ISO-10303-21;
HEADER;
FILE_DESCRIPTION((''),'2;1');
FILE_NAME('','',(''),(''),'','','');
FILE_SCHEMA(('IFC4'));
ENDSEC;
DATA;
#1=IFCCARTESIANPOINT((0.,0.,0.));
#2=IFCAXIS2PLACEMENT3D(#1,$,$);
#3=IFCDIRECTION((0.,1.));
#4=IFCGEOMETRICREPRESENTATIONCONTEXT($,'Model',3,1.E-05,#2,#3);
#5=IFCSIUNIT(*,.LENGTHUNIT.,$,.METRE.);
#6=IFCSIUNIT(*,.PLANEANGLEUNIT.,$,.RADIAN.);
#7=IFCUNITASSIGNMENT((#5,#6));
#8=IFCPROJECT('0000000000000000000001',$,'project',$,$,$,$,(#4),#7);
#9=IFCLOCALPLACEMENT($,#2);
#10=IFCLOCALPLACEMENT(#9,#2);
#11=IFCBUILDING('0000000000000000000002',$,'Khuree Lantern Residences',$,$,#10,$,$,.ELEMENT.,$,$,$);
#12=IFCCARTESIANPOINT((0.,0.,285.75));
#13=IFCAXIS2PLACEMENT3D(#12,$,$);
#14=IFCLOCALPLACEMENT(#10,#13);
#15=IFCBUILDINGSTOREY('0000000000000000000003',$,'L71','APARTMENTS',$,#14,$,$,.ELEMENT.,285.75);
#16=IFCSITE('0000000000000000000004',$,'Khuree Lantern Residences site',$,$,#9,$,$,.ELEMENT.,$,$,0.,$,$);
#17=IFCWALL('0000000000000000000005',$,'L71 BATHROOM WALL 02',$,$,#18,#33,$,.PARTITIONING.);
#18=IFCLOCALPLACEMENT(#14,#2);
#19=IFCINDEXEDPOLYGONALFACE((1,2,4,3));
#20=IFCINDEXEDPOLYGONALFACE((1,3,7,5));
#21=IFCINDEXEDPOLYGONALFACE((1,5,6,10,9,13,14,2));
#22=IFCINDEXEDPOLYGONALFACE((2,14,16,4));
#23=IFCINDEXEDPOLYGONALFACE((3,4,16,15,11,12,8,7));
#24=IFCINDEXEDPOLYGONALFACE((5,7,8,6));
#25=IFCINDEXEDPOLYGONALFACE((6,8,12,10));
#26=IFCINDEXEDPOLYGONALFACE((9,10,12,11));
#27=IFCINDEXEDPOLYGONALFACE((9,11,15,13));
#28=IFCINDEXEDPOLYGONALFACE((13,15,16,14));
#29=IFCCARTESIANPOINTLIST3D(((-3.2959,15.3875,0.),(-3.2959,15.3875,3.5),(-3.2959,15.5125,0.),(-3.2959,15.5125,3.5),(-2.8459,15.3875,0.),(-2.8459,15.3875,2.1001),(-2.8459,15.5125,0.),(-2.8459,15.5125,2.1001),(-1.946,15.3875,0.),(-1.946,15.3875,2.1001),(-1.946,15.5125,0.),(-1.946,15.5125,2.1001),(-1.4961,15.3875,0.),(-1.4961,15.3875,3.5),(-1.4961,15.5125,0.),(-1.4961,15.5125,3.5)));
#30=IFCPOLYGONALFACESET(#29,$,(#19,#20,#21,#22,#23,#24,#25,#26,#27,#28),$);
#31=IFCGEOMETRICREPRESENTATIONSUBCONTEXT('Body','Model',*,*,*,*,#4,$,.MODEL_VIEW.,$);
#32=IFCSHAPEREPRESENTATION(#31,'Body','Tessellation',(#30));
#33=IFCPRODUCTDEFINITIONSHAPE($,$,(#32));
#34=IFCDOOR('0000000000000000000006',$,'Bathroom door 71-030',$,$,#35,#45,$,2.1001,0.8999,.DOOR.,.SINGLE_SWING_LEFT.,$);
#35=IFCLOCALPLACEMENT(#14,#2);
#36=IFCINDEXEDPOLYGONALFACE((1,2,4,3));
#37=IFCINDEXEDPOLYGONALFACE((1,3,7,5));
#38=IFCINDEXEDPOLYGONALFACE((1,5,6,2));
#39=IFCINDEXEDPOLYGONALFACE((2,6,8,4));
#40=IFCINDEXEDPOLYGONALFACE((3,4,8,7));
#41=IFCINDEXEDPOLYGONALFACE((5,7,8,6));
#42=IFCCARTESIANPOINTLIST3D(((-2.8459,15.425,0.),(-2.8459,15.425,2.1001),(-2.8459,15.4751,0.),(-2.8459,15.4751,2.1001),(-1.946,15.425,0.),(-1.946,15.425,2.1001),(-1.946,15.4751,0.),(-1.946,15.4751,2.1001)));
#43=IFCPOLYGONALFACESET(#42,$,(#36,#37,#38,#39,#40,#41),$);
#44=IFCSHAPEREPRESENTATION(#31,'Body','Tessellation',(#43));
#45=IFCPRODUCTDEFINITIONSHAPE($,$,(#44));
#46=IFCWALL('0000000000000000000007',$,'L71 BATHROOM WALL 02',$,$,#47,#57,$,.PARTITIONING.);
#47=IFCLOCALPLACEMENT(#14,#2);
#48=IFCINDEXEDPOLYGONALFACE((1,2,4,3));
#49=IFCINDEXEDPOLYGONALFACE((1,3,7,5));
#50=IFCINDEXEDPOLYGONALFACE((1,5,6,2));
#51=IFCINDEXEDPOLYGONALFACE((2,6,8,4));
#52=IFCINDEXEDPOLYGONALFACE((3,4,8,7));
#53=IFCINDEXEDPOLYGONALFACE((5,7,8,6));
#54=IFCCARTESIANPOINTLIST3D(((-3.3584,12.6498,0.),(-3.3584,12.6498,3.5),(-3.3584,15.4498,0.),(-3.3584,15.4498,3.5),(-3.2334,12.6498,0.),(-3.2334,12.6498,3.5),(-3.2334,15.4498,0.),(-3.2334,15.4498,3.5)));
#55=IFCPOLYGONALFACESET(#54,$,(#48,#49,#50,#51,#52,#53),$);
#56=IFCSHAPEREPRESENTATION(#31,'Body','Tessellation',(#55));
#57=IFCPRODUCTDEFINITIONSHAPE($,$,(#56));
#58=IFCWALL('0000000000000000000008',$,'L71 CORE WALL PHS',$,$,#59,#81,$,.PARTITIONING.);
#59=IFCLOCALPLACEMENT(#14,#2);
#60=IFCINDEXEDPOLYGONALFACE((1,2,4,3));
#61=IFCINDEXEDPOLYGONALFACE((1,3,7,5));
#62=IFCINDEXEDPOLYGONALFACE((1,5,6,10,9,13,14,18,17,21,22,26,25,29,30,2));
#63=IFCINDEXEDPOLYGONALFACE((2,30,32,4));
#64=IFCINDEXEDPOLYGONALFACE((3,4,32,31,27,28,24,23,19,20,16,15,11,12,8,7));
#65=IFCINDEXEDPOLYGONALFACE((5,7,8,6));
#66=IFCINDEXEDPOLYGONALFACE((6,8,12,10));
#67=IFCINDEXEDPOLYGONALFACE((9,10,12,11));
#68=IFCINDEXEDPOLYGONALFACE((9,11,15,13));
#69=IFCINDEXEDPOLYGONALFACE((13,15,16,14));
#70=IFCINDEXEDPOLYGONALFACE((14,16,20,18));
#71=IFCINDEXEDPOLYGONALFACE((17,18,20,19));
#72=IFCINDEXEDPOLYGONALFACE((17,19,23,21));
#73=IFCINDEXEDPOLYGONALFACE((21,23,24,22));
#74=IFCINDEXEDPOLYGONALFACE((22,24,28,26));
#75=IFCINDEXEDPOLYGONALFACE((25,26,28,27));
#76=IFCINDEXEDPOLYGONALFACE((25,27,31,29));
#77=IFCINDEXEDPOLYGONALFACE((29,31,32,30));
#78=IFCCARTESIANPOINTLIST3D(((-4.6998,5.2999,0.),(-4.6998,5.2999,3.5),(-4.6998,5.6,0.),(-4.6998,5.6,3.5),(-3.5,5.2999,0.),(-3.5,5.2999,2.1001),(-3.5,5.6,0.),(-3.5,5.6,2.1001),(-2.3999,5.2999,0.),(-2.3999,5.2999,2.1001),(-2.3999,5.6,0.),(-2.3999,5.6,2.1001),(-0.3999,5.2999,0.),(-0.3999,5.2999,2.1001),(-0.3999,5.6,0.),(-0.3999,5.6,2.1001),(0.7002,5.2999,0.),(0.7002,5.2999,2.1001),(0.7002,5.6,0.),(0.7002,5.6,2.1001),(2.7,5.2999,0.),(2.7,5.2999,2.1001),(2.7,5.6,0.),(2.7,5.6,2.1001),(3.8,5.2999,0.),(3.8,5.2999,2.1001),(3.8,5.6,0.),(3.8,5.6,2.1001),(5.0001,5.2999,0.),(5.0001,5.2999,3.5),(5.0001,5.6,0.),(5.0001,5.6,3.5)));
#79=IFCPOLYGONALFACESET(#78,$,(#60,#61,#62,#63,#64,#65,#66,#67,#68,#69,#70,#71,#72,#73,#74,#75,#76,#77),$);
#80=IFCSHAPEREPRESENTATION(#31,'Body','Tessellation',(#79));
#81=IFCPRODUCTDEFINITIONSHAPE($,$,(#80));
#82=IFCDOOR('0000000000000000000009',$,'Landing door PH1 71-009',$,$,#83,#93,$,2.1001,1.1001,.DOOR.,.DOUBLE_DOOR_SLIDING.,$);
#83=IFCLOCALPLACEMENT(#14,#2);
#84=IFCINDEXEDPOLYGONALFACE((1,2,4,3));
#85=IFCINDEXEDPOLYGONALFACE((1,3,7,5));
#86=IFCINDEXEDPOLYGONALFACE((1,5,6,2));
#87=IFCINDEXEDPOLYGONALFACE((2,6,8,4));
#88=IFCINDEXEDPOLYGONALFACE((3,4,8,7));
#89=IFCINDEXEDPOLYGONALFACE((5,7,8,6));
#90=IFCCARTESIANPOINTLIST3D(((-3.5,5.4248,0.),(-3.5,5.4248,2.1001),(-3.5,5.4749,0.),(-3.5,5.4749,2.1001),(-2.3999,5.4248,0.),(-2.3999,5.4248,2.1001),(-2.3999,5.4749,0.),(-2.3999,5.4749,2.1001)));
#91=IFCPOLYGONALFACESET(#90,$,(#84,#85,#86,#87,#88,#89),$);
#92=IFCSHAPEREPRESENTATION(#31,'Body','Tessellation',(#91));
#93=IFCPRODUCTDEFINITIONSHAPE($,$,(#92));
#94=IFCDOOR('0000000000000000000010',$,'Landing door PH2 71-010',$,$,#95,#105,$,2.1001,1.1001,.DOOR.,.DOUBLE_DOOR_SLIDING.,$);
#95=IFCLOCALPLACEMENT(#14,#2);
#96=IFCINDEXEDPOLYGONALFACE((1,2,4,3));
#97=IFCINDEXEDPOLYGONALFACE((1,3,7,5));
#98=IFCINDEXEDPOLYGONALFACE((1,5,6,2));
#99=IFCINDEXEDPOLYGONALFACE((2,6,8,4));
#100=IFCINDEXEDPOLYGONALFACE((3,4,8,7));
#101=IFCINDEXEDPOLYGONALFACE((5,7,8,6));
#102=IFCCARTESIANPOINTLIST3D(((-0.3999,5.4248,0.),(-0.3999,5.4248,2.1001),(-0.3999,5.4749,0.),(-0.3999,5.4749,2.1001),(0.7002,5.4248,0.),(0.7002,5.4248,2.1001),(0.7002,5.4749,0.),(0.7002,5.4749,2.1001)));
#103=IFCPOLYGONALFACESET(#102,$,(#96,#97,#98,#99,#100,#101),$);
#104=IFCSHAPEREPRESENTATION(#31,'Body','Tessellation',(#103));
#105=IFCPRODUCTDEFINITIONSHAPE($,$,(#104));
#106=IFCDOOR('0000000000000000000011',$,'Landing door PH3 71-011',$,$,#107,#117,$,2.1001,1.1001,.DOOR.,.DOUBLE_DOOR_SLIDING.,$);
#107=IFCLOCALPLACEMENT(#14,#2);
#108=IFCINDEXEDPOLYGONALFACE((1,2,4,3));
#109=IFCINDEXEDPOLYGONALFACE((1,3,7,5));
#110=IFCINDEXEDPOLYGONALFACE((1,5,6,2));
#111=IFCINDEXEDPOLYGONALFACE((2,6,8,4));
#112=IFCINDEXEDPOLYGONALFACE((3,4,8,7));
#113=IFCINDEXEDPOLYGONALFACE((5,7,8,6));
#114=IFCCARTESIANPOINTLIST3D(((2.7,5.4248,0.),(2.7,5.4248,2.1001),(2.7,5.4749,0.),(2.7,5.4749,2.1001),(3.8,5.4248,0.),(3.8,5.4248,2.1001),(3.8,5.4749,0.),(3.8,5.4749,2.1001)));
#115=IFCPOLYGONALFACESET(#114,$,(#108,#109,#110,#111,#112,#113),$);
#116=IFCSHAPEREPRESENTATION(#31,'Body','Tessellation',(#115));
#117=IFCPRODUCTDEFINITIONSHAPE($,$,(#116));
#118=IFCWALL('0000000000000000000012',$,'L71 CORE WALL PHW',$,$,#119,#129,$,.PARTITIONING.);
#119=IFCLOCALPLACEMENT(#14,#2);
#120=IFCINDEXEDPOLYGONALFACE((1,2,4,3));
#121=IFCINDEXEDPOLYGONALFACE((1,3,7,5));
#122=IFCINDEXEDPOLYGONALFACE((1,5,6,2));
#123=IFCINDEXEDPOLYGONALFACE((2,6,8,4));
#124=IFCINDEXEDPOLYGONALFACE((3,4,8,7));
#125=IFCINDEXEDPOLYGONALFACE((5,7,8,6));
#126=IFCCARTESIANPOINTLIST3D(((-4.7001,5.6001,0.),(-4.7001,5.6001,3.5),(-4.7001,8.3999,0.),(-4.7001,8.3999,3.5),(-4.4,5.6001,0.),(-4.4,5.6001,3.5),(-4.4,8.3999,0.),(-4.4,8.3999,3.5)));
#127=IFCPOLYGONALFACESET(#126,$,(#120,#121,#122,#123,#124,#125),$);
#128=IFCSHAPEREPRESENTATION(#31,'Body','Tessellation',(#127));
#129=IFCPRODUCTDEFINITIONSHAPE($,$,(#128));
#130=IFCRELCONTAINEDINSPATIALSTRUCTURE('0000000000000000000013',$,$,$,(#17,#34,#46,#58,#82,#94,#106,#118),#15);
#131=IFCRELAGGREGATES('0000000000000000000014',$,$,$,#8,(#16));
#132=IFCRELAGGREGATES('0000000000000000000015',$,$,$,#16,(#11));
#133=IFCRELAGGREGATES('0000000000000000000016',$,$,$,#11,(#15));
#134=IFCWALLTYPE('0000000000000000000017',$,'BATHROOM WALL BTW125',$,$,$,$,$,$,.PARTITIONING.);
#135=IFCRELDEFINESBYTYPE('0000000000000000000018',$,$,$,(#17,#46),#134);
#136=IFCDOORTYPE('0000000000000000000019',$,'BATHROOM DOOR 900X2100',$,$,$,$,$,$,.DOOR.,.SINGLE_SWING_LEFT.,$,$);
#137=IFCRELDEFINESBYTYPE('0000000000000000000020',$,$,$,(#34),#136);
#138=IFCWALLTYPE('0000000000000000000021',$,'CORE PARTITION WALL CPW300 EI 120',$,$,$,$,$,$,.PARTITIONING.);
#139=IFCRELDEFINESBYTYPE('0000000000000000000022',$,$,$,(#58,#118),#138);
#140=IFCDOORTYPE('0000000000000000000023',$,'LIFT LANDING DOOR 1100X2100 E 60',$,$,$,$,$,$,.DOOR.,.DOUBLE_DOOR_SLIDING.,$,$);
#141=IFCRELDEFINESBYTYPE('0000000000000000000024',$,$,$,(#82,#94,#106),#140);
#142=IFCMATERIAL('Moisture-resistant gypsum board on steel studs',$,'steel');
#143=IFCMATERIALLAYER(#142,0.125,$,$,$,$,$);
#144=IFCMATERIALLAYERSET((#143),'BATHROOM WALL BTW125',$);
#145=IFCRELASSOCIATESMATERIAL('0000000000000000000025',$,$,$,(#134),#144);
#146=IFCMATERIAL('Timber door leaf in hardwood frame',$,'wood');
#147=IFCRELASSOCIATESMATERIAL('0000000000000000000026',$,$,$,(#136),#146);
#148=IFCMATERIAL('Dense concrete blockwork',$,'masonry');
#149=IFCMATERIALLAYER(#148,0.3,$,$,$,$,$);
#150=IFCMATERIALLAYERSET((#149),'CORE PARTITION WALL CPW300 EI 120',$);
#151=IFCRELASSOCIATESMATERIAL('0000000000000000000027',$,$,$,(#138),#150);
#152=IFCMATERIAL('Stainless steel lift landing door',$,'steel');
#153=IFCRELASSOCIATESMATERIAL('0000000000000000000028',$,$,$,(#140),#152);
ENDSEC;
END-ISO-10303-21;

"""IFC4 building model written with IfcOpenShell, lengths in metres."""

from ifc_helpers import new_model, si_unit, direction, frame, frame_2d, origin, place, context, subcontext, project, spatial, rectangle, extrude, material, layer, layer_set, type_object, element, fill, save


model = new_model("IFC4")

# Units and contexts
model_context = context("Model", 3, precision=1e-05, world=origin(), true_north=direction((0.0, 1.0)))
body_context = subcontext(model_context, "Body", "Model", "MODEL_VIEW")
ifc_project = project(units=[si_unit("LENGTHUNIT", "METRE"), si_unit("PLANEANGLEUNIT", "RADIAN")], contexts=[model_context])

# Site, building, storey
site_placement = place(None, origin())
site = spatial("IfcSite", under=ifc_project, at=site_placement, Name="Khuree Lantern Residences site", CompositionType="ELEMENT", RefElevation=0.0)
building_placement = place(site_placement, origin())
building = spatial("IfcBuilding", under=site, at=building_placement, Name="Khuree Lantern Residences", CompositionType="ELEMENT")
storey_placement = place(building_placement, frame((0.0, 0.0, 285.75)))
storey = spatial("IfcBuildingStorey", under=building, at=storey_placement, Name="L71", Description="APARTMENTS", CompositionType="ELEMENT", Elevation=285.75)

# Wall, opening, door
ifc_material_1 = material(Name="Moisture-resistant gypsum board on steel studs", Category="steel")
ifc_layer_1 = layer(ifc_material_1, 0.125)
ifc_layer_set_1 = layer_set([ifc_layer_1], Name="BATHROOM WALL BTW125")
wall_type_1 = type_object("IfcWallType", Name="BATHROOM WALL BTW125", PredefinedType="PARTITIONING", material=ifc_layer_set_1)
wall_1_placement = place(storey_placement, frame((-1.4961, 15.45, 0.0), z_axis=(0.0, 0.0, 1.0), x_axis=(-1.0, 0.0, 0.0)))
wall_1 = element("IfcWall", 1, at=wall_1_placement, inside=storey, type_object=wall_type_1, Name="L71 BATHROOM WALL 02", PredefinedType="PARTITIONING", context=body_context, shape_type="SweptSolid", body=[
    extrude(rectangle(XDim=1.7998, YDim=0.125, at=frame_2d((0.8999, 0.0))), origin(), (0.0, 0.0, 1.0), 3.5),
])
opening_1_placement = place(wall_1_placement, frame((0.45, 0.0, 0.0)))
opening_1 = element("IfcOpeningElement", 2, at=opening_1_placement, cuts=wall_1, PredefinedType="OPENING", context=body_context, shape_type="SweptSolid", body=[
    extrude(rectangle(XDim=0.8999, YDim=2.1001, at=frame_2d((0.45, 1.05))), frame((0.0, 0.0725, 0.0), z_axis=(0.0, -1.0, 0.0), x_axis=(1.0, 0.0, 0.0)), (0.0, 0.0, 1.0), 0.145),
])
ifc_material_2 = material(Name="Timber door leaf in hardwood frame", Category="wood")
door_type_1 = type_object("IfcDoorType", Name="BATHROOM DOOR 900X2100", OperationType="SINGLE_SWING_LEFT", PredefinedType="DOOR", material=ifc_material_2)
door_1_placement = place(opening_1_placement, origin())
door_1 = element("IfcDoor", 3, at=door_1_placement, inside=storey, type_object=door_type_1, Name="Bathroom door 71-030", OperationType="SINGLE_SWING_LEFT", OverallHeight=2.1001, OverallWidth=0.8999, PredefinedType="DOOR", context=body_context, shape_type="SweptSolid", body=[
    extrude(rectangle(XDim=0.8999, YDim=2.1001, at=frame_2d((0.45, 1.05))), frame((0.0, 0.0249, 0.0), z_axis=(0.0, -1.0, 0.0), x_axis=(1.0, 0.0, 0.0)), (0.0, 0.0, 1.0), 0.05),
])
fill(opening_1, door_1)

# Wall
wall_2_placement = place(storey_placement, frame((-3.2959, 12.6499, 0.0), z_axis=(0.0, 0.0, 1.0), x_axis=(0.0, 1.0, 0.0)))
element("IfcWall", 4, at=wall_2_placement, inside=storey, type_object=wall_type_1, Name="L71 BATHROOM WALL 02", PredefinedType="PARTITIONING", context=body_context, shape_type="SweptSolid", body=[
    extrude(rectangle(XDim=2.8, YDim=0.125, at=frame_2d((1.3999, 0.0))), origin(), (0.0, 0.0, 1.0), 3.5),
])

# Wall, openings, doors
ifc_material_3 = material(Name="Dense concrete blockwork", Category="masonry")
ifc_layer_2 = layer(ifc_material_3, 0.3)
ifc_layer_set_2 = layer_set([ifc_layer_2], Name="CORE PARTITION WALL CPW300 EI 120")
wall_type_2 = type_object("IfcWallType", Name="CORE PARTITION WALL CPW300 EI 120", PredefinedType="PARTITIONING", material=ifc_layer_set_2)
wall_3_placement = place(storey_placement, frame((-4.7, 5.45, 0.0), z_axis=(0.0, 0.0, 1.0), x_axis=(1.0, 0.0, 0.0)))
wall_3 = element("IfcWall", 5, at=wall_3_placement, inside=storey, type_object=wall_type_2, Name="L71 CORE WALL PHS", PredefinedType="PARTITIONING", context=body_context, shape_type="SweptSolid", body=[
    extrude(rectangle(XDim=9.7, YDim=0.3, at=frame_2d((4.8501, 0.0))), origin(), (0.0, 0.0, 1.0), 3.5),
])
opening_2_placement = place(wall_3_placement, frame((1.2, 0.0, 0.0)))
opening_2 = element("IfcOpeningElement", 6, at=opening_2_placement, cuts=wall_3, PredefinedType="OPENING", context=body_context, shape_type="SweptSolid", body=[
    extrude(rectangle(XDim=1.1001, YDim=2.1001, at=frame_2d((0.55, 1.05))), frame((0.0, 0.1602, 0.0), z_axis=(0.0, -1.0, 0.0), x_axis=(1.0, 0.0, 0.0)), (0.0, 0.0, 1.0), 0.3201),
])
opening_3_placement = place(wall_3_placement, frame((4.3, 0.0, 0.0)))
opening_3 = element("IfcOpeningElement", 7, at=opening_3_placement, cuts=wall_3, PredefinedType="OPENING", context=body_context, shape_type="SweptSolid", body=[
    extrude(rectangle(XDim=1.1001, YDim=2.1001, at=frame_2d((0.55, 1.05))), frame((0.0, 0.1602, 0.0), z_axis=(0.0, -1.0, 0.0), x_axis=(1.0, 0.0, 0.0)), (0.0, 0.0, 1.0), 0.3201),
])
opening_4_placement = place(wall_3_placement, frame((7.3999, 0.0, 0.0)))
opening_4 = element("IfcOpeningElement", 8, at=opening_4_placement, cuts=wall_3, PredefinedType="OPENING", context=body_context, shape_type="SweptSolid", body=[
    extrude(rectangle(XDim=1.1001, YDim=2.1001, at=frame_2d((0.55, 1.05))), frame((0.0, 0.1602, 0.0), z_axis=(0.0, -1.0, 0.0), x_axis=(1.0, 0.0, 0.0)), (0.0, 0.0, 1.0), 0.3201),
])
ifc_material_4 = material(Name="Stainless steel lift landing door", Category="steel")
door_type_2 = type_object("IfcDoorType", Name="LIFT LANDING DOOR 1100X2100 E 60", OperationType="DOUBLE_DOOR_SLIDING", PredefinedType="DOOR", material=ifc_material_4)
door_2_placement = place(opening_2_placement, origin())
door_2 = element("IfcDoor", 9, at=door_2_placement, inside=storey, type_object=door_type_2, Name="Landing door PH1 71-009", OperationType="DOUBLE_DOOR_SLIDING", OverallHeight=2.1001, OverallWidth=1.1001, PredefinedType="DOOR", context=body_context, shape_type="SweptSolid", body=[
    extrude(rectangle(XDim=1.1001, YDim=2.1001, at=frame_2d((0.55, 1.05))), frame((0.0, 0.0249, 0.0), z_axis=(0.0, -1.0, 0.0), x_axis=(1.0, 0.0, 0.0)), (0.0, 0.0, 1.0), 0.05),
])
fill(opening_2, door_2)
door_3_placement = place(opening_3_placement, origin())
door_3 = element("IfcDoor", 10, at=door_3_placement, inside=storey, type_object=door_type_2, Name="Landing door PH2 71-010", OperationType="DOUBLE_DOOR_SLIDING", OverallHeight=2.1001, OverallWidth=1.1001, PredefinedType="DOOR", context=body_context, shape_type="SweptSolid", body=[
    extrude(rectangle(XDim=1.1001, YDim=2.1001, at=frame_2d((0.55, 1.05))), frame((0.0, 0.0249, 0.0), z_axis=(0.0, -1.0, 0.0), x_axis=(1.0, 0.0, 0.0)), (0.0, 0.0, 1.0), 0.05),
])
fill(opening_3, door_3)
door_4_placement = place(opening_4_placement, origin())
door_4 = element("IfcDoor", 11, at=door_4_placement, inside=storey, type_object=door_type_2, Name="Landing door PH3 71-011", OperationType="DOUBLE_DOOR_SLIDING", OverallHeight=2.1001, OverallWidth=1.1001, PredefinedType="DOOR", context=body_context, shape_type="SweptSolid", body=[
    extrude(rectangle(XDim=1.1001, YDim=2.1001, at=frame_2d((0.55, 1.05))), frame((0.0, 0.0249, 0.0), z_axis=(0.0, -1.0, 0.0), x_axis=(1.0, 0.0, 0.0)), (0.0, 0.0, 1.0), 0.05),
])
fill(opening_4, door_4)

# Wall
wall_4_placement = place(storey_placement, frame((-4.55, 5.6001, 0.0), z_axis=(0.0, 0.0, 1.0), x_axis=(0.0, 1.0, 0.0)))
element("IfcWall", 12, at=wall_4_placement, inside=storey, type_object=wall_type_2, Name="L71 CORE WALL PHW", PredefinedType="PARTITIONING", context=body_context, shape_type="SweptSolid", body=[
    extrude(rectangle(XDim=2.7998, YDim=0.3, at=frame_2d((1.3999, 0.0))), origin(), (0.0, 0.0, 1.0), 3.5),
])

save(model, "model.ifc")
